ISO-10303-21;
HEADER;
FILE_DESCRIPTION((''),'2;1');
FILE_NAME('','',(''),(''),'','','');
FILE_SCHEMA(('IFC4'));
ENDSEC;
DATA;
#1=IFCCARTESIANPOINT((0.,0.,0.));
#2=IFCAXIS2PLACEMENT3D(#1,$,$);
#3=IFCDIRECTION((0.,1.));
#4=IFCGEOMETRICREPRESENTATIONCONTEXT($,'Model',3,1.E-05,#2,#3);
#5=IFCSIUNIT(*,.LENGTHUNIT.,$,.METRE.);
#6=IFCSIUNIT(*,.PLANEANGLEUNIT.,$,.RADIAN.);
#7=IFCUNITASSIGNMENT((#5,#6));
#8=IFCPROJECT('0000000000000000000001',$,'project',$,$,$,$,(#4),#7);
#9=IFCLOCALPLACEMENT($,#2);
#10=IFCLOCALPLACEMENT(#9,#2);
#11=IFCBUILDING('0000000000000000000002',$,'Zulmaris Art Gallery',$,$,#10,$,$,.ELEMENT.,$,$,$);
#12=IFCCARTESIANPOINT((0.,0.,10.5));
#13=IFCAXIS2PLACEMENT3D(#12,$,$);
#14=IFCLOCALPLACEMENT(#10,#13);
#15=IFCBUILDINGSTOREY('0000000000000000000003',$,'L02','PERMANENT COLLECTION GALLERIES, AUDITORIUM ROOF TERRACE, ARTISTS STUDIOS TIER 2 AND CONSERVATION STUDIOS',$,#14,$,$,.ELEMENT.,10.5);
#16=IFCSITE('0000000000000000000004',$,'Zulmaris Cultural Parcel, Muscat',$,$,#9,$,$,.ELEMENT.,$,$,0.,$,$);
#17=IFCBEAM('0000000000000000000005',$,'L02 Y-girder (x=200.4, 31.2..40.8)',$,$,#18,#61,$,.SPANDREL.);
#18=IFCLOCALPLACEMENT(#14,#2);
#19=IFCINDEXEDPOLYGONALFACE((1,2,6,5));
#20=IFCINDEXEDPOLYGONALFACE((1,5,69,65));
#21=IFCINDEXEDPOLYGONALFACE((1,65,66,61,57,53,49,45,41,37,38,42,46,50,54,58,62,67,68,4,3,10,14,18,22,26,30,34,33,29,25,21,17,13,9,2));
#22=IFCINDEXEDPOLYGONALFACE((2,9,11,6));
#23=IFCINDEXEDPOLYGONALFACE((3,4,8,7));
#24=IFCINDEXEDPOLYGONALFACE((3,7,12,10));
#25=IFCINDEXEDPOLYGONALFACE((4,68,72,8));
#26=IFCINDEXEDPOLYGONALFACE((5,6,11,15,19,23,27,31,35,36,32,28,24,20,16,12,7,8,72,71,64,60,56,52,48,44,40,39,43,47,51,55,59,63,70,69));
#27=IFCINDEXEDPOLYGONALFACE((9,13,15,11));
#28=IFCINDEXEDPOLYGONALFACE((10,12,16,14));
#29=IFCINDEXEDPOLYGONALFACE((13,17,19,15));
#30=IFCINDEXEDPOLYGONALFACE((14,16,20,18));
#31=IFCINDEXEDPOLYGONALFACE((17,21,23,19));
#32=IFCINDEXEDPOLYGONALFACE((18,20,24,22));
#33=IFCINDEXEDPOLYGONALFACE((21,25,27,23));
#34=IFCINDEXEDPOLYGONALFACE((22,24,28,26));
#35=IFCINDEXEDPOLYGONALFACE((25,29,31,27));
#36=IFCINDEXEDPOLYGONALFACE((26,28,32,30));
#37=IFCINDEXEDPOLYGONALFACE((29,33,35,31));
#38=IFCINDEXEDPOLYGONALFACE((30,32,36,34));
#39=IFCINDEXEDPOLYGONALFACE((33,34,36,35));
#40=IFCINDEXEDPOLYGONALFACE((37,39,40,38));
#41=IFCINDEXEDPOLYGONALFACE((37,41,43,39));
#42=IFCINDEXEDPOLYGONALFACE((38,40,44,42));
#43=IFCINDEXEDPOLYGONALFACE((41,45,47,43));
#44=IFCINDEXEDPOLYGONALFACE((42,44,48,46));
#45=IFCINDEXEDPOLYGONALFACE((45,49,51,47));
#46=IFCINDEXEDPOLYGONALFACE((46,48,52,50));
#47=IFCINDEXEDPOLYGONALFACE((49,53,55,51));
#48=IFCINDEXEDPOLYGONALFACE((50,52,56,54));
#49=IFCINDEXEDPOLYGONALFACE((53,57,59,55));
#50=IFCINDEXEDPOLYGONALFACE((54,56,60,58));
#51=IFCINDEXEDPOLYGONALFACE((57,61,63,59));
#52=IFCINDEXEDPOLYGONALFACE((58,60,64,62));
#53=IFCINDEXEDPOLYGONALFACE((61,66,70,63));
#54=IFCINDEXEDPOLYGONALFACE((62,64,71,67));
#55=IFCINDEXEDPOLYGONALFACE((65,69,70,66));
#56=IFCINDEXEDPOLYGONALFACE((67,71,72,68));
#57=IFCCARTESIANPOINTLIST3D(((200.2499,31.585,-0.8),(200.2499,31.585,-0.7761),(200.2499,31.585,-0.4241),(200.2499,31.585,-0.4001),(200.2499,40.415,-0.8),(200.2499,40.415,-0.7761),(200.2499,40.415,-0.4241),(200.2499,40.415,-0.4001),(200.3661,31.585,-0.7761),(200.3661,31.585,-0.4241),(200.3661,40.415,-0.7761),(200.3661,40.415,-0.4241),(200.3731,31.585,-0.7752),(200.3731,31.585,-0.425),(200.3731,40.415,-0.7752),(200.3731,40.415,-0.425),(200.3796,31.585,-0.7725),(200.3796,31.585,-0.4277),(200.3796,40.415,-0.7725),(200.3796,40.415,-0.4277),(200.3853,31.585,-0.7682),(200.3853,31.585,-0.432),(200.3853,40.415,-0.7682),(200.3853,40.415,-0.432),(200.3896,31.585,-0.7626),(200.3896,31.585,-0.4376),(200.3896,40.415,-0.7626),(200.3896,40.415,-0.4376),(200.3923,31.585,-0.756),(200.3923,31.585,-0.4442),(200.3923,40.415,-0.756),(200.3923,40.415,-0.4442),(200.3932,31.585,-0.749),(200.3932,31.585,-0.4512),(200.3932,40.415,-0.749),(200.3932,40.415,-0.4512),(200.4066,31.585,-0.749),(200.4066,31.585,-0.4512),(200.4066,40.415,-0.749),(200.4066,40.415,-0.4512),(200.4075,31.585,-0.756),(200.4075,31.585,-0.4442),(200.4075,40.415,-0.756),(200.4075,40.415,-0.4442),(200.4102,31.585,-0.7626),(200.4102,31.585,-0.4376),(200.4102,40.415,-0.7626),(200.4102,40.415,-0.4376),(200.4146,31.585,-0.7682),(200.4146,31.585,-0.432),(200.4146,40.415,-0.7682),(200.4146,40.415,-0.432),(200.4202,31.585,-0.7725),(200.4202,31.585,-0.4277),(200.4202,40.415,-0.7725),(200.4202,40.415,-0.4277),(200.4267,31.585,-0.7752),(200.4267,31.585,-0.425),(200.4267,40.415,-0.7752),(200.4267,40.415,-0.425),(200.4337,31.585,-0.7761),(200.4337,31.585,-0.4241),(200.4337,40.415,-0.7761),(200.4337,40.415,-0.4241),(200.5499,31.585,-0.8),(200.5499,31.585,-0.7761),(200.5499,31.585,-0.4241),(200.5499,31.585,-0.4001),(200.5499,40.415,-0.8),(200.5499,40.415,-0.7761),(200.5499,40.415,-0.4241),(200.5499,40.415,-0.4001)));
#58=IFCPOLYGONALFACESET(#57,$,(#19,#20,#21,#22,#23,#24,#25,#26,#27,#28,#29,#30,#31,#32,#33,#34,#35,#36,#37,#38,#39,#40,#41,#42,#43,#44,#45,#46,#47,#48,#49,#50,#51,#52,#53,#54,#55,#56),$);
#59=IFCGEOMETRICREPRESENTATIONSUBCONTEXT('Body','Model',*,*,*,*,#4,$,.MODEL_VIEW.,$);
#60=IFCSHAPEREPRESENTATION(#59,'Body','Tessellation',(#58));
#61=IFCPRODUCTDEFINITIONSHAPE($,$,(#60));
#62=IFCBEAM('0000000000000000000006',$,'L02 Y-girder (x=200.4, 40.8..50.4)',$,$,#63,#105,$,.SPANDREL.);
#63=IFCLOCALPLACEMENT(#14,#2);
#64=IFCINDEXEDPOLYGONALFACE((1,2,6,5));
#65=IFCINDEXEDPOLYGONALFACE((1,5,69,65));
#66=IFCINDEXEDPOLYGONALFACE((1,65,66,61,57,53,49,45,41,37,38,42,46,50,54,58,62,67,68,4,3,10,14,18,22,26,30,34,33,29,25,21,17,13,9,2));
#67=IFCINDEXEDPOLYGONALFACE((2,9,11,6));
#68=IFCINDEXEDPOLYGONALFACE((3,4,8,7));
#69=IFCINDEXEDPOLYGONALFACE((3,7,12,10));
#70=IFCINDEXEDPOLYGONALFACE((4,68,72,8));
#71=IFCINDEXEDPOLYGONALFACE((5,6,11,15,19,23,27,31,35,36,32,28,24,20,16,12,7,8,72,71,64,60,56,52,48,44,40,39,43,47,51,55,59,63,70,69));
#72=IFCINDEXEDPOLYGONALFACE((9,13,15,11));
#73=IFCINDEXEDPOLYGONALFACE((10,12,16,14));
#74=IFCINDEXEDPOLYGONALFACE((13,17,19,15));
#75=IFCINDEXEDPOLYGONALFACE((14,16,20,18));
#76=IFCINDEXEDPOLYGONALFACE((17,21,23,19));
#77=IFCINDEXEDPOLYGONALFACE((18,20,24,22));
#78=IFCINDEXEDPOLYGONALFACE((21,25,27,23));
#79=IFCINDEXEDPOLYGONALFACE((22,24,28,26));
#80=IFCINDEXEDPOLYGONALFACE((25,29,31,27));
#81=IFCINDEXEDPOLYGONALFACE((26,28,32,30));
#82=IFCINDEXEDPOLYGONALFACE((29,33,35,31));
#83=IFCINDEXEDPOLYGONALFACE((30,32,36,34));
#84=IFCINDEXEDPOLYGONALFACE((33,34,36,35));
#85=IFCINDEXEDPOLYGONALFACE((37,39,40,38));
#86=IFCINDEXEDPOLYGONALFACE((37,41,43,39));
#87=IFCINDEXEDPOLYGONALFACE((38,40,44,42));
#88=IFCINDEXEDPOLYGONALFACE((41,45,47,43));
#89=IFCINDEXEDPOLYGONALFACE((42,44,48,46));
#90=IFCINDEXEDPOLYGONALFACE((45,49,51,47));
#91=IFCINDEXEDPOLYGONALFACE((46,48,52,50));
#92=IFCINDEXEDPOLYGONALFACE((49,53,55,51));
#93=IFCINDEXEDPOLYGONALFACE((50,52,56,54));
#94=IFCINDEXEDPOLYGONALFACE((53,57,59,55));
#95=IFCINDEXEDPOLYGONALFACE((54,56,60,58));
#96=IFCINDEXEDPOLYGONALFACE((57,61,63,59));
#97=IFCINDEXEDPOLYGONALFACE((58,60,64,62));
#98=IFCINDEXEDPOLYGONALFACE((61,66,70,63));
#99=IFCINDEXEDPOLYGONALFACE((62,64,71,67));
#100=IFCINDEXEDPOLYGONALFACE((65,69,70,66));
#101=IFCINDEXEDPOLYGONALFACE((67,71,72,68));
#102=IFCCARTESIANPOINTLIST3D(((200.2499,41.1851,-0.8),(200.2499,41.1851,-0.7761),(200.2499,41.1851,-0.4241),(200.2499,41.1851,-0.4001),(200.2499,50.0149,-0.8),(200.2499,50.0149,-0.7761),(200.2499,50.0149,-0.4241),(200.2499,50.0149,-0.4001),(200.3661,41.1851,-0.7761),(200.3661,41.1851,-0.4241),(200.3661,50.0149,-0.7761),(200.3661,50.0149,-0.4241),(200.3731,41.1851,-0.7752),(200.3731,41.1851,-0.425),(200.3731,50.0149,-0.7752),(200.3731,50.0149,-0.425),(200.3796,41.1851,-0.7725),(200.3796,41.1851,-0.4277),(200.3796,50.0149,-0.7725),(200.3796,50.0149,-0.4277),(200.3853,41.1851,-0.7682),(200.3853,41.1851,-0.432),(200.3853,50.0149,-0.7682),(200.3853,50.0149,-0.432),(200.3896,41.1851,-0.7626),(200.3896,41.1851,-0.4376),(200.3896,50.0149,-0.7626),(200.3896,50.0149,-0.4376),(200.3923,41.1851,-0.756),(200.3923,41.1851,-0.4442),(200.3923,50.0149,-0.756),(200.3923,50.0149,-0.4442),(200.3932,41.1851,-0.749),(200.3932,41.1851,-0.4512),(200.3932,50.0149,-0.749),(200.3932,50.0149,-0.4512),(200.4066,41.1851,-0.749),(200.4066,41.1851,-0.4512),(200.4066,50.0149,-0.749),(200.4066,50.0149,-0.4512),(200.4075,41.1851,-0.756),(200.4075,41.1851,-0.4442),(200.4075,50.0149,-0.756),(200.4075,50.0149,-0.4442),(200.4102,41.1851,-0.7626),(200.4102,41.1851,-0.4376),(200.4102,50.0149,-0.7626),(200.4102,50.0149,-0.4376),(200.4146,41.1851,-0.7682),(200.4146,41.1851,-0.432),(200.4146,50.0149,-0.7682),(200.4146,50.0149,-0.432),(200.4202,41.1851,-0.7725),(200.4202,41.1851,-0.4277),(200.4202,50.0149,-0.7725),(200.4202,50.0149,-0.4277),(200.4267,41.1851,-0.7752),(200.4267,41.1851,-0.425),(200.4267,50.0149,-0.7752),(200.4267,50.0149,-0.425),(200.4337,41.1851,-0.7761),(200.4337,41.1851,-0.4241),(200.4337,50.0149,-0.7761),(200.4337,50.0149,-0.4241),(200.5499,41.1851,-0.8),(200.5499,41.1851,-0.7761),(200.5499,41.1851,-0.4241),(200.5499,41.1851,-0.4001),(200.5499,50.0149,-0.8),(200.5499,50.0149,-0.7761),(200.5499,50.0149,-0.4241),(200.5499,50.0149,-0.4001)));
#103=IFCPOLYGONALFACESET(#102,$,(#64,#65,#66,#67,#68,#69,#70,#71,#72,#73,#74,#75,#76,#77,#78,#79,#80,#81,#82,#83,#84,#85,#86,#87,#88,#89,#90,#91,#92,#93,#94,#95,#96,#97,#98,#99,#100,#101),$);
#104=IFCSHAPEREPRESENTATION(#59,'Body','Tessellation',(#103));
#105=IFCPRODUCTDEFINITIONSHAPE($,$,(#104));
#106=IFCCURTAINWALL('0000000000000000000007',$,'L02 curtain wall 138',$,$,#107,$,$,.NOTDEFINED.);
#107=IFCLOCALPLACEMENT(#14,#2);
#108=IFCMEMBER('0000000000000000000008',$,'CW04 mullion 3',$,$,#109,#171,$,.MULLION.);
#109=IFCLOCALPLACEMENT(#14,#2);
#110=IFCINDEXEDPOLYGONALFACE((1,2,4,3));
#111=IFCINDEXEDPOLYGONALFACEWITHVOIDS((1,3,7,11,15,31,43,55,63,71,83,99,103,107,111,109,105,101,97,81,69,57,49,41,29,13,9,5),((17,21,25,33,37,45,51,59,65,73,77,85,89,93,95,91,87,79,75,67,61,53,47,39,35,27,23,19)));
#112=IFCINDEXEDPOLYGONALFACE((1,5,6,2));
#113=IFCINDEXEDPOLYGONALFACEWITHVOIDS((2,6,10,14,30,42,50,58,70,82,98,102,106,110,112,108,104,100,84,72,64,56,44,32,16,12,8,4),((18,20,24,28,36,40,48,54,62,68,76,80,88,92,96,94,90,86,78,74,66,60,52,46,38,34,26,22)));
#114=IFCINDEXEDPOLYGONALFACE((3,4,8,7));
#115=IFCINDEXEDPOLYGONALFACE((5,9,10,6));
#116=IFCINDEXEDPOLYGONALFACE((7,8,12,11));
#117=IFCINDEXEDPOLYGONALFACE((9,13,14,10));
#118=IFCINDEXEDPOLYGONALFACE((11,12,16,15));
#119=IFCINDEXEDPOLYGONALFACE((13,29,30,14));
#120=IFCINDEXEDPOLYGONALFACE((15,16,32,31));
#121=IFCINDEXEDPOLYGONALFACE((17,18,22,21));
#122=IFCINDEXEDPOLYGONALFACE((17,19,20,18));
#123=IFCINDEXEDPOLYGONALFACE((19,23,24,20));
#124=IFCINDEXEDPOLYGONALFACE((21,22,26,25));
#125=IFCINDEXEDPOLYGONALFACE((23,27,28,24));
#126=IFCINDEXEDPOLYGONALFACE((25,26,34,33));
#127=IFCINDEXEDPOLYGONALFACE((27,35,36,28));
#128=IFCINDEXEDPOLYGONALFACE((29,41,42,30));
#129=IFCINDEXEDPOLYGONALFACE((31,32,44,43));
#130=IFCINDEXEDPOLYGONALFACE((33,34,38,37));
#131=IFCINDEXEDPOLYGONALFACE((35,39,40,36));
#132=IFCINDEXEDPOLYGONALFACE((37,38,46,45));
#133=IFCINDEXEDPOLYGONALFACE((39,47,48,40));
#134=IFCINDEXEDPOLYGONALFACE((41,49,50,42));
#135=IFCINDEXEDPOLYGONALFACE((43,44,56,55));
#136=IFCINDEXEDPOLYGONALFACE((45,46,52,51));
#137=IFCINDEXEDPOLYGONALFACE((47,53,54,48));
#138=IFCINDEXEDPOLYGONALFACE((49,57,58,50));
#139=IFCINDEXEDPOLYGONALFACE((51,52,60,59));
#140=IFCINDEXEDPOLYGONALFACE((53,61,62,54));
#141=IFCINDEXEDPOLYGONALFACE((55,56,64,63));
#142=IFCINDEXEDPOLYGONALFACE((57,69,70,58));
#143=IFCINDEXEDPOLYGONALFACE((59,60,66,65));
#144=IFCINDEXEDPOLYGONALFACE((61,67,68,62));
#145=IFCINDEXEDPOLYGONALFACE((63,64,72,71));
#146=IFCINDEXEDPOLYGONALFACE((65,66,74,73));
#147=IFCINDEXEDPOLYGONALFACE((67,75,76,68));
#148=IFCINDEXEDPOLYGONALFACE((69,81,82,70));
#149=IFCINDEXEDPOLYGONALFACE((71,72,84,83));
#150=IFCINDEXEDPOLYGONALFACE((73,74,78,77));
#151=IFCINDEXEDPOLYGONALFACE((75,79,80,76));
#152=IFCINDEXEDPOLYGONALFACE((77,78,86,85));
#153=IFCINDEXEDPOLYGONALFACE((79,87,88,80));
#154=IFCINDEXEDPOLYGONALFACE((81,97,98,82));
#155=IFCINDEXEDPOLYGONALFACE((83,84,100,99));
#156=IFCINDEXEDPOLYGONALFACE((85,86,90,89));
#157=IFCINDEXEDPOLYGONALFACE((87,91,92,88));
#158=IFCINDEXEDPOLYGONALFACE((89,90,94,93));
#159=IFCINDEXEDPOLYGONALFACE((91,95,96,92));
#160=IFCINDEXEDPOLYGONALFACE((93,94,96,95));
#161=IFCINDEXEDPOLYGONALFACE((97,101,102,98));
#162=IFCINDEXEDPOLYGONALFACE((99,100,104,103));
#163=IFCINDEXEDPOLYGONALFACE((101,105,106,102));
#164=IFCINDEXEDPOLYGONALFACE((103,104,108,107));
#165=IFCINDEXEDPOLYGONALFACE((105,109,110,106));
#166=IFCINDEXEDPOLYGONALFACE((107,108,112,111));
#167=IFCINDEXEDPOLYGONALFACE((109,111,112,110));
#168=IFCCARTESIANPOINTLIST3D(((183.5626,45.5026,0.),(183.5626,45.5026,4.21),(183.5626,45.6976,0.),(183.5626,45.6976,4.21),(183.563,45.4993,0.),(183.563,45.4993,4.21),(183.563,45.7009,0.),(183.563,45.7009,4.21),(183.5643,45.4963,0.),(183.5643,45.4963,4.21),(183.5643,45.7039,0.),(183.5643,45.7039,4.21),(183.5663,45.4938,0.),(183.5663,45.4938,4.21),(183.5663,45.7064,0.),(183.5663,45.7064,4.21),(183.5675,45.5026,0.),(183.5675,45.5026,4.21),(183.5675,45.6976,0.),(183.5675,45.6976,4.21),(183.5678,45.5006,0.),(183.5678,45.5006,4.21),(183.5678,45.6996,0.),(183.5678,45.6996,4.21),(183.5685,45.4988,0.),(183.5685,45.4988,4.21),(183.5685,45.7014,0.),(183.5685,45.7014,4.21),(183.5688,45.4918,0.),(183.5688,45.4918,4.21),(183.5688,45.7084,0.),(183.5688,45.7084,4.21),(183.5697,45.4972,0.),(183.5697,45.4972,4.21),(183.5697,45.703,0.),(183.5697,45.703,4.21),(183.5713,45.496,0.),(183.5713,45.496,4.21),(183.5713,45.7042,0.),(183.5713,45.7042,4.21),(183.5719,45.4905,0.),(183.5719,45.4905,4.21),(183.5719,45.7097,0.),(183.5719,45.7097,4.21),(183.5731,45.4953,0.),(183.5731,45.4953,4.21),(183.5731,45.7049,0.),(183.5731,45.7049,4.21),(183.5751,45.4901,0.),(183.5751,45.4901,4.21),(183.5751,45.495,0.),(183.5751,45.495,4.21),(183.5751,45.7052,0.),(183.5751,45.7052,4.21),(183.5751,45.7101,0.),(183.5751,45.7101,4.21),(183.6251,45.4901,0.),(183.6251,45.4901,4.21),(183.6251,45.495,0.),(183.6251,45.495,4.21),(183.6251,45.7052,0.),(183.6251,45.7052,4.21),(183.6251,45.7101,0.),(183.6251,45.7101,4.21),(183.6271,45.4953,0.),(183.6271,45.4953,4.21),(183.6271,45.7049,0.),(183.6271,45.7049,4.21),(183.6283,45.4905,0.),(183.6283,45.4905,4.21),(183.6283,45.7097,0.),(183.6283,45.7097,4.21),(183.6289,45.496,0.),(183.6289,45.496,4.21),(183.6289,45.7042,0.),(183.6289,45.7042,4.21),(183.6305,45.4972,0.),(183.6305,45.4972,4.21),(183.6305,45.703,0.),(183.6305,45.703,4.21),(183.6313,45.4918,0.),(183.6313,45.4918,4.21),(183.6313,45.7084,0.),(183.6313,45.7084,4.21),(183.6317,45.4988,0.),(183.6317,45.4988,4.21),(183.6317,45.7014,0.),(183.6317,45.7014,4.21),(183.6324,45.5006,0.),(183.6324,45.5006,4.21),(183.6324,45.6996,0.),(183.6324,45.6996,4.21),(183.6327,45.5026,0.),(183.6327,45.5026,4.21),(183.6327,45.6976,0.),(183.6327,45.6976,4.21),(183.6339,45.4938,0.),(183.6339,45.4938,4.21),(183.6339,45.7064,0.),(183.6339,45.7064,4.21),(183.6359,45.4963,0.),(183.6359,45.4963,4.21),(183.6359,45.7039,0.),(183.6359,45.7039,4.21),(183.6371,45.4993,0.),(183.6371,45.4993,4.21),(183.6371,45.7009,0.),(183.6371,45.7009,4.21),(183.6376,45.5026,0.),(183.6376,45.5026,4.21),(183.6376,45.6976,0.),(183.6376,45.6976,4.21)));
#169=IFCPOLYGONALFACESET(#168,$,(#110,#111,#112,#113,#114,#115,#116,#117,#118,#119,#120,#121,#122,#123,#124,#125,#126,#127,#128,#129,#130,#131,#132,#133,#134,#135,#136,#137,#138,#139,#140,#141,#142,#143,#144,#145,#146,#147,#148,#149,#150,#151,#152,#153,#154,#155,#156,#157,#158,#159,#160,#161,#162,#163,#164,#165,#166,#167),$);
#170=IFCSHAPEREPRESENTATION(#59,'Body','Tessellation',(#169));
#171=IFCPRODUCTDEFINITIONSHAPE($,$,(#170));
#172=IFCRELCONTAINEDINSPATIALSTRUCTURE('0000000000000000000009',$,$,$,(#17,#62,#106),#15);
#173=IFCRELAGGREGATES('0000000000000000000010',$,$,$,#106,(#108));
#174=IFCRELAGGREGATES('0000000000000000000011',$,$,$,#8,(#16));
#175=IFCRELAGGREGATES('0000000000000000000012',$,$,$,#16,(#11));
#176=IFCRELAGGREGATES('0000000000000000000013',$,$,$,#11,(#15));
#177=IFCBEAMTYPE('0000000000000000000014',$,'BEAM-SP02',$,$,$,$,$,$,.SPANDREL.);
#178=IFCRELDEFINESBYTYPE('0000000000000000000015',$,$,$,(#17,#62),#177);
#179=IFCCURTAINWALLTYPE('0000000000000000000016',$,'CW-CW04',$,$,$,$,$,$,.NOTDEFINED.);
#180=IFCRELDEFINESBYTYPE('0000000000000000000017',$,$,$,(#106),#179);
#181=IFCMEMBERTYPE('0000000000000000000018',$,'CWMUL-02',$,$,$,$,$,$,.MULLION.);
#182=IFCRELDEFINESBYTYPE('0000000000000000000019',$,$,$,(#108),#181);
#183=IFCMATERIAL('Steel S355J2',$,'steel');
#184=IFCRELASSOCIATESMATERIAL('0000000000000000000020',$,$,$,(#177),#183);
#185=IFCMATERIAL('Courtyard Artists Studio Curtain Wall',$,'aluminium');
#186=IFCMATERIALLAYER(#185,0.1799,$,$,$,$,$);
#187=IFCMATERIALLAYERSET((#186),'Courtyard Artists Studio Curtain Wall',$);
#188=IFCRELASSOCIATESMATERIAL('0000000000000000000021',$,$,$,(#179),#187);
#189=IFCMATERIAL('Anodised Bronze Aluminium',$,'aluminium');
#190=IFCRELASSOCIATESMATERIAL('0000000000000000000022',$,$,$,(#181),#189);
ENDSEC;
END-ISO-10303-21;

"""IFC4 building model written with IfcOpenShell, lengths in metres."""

from ifc_helpers import new_model, si_unit, direction, frame, origin, origin_2d, place, context, subcontext, project, spatial, hollow_rectangle, i_section, extrude, material, layer, layer_set, material_profile, profile_set, type_object, element, aggregate, save


model = new_model("IFC4")

# Units and contexts
model_context = context("Model", 3, precision=1e-05, world=origin(), true_north=direction((0.0, 1.0)))
body_context = subcontext(model_context, "Body", "Model", "MODEL_VIEW")
ifc_project = project(units=[si_unit("LENGTHUNIT", "METRE"), si_unit("PLANEANGLEUNIT", "RADIAN")], contexts=[model_context])

# Site, building, storey
site_placement = place(None, origin())
site = spatial("IfcSite", under=ifc_project, at=site_placement, Name="Zulmaris Cultural Parcel, Muscat", CompositionType="ELEMENT", RefElevation=0.0)
building_placement = place(site_placement, origin())
building = spatial("IfcBuilding", under=site, at=building_placement, Name="Zulmaris Art Gallery", CompositionType="ELEMENT")
storey_placement = place(building_placement, frame((0.0, 0.0, 10.5)))
storey = spatial("IfcBuildingStorey", under=building, at=storey_placement, Name="L02", Description="PERMANENT COLLECTION GALLERIES, AUDITORIUM ROOF TERRACE, ARTISTS STUDIOS TIER 2 AND CONSERVATION STUDIOS", CompositionType="ELEMENT", Elevation=10.5)

# Beams
ifc_material_1 = material(Name="Steel S355J2", Category="steel")
ifc_material_profile_1 = material_profile(ifc_material_1, i_section(OverallWidth=0.3, OverallDepth=0.3999, WebThickness=0.0134, FlangeThickness=0.0239, FilletRadius=0.0271, at=origin_2d()), Name="HEB 400")
ifc_profile_set_1 = profile_set([ifc_material_profile_1], Name="Steel S355J2")
beam_type_1 = type_object("IfcBeamType", Name="BEAM-SP02", PredefinedType="SPANDREL", material=ifc_profile_set_1)
beam_1_placement = place(storey_placement, frame((200.3999, 31.585, -0.6001), z_axis=(0.0, 1.0, 0.0), x_axis=(-1.0, 0.0, 0.0)))
element("IfcBeam", 1, at=beam_1_placement, inside=storey, type_object=beam_type_1, Name="L02 Y-girder (x=200.4, 31.2..40.8)", PredefinedType="SPANDREL", context=body_context, shape_type="SweptSolid", body=[
    extrude(i_section(OverallWidth=0.3, OverallDepth=0.3999, WebThickness=0.0134, FlangeThickness=0.0239, FilletRadius=0.0271, at=origin_2d()), origin(), (0.0, 0.0, 1.0), 8.8301),
])
beam_2_placement = place(storey_placement, frame((200.3999, 41.1851, -0.6001), z_axis=(0.0, 1.0, 0.0), x_axis=(-1.0, 0.0, 0.0)))
element("IfcBeam", 2, at=beam_2_placement, inside=storey, type_object=beam_type_1, Name="L02 Y-girder (x=200.4, 40.8..50.4)", PredefinedType="SPANDREL", context=body_context, shape_type="SweptSolid", body=[
    extrude(i_section(OverallWidth=0.3, OverallDepth=0.3999, WebThickness=0.0134, FlangeThickness=0.0239, FilletRadius=0.0271, at=origin_2d()), origin(), (0.0, 0.0, 1.0), 8.8298),
])

# Curtain wall, member
ifc_material_2 = material(Name="Courtyard Artists Studio Curtain Wall", Category="aluminium")
ifc_layer_1 = layer(ifc_material_2, 0.1799)
ifc_layer_set_1 = layer_set([ifc_layer_1], Name="Courtyard Artists Studio Curtain Wall")
curtain_wall_type = type_object("IfcCurtainWallType", Name="CW-CW04", PredefinedType="NOTDEFINED", material=ifc_layer_set_1)
curtain_wall_placement = place(storey_placement, origin())
curtain_wall = element("IfcCurtainWall", 3, at=curtain_wall_placement, inside=storey, type_object=curtain_wall_type, Name="L02 curtain wall 138", PredefinedType="NOTDEFINED")
ifc_material_3 = material(Name="Anodised Bronze Aluminium", Category="aluminium")
ifc_material_profile_2 = material_profile(ifc_material_3, hollow_rectangle(XDim=0.075, YDim=0.22, WallThickness=0.0049, InnerFilletRadius=0.0076, OuterFilletRadius=0.0125, at=origin_2d()), Name="ALU 75x220x5")
ifc_profile_set_2 = profile_set([ifc_material_profile_2], Name="Anodised Bronze Aluminium")
member_type_1 = type_object("IfcMemberType", Name="CWMUL-02", PredefinedType="MULLION", material=ifc_profile_set_2)
member_1_placement = place(storey_placement, frame((183.6001, 45.6001, 0.0), z_axis=(0.0, 0.0, 1.0), x_axis=(1.0, 0.0, 0.0)))
member_1 = element("IfcMember", 4, at=member_1_placement, type_object=member_type_1, Name="CW04 mullion 3", PredefinedType="MULLION", context=body_context, shape_type="SweptSolid", body=[
    extrude(hollow_rectangle(XDim=0.075, YDim=0.22, WallThickness=0.0049, InnerFilletRadius=0.0076, OuterFilletRadius=0.0125, at=origin_2d()), origin(), (0.0, 0.0, 1.0), 4.21),
])
aggregate(curtain_wall, [member_1])

save(model, "model.ifc")
